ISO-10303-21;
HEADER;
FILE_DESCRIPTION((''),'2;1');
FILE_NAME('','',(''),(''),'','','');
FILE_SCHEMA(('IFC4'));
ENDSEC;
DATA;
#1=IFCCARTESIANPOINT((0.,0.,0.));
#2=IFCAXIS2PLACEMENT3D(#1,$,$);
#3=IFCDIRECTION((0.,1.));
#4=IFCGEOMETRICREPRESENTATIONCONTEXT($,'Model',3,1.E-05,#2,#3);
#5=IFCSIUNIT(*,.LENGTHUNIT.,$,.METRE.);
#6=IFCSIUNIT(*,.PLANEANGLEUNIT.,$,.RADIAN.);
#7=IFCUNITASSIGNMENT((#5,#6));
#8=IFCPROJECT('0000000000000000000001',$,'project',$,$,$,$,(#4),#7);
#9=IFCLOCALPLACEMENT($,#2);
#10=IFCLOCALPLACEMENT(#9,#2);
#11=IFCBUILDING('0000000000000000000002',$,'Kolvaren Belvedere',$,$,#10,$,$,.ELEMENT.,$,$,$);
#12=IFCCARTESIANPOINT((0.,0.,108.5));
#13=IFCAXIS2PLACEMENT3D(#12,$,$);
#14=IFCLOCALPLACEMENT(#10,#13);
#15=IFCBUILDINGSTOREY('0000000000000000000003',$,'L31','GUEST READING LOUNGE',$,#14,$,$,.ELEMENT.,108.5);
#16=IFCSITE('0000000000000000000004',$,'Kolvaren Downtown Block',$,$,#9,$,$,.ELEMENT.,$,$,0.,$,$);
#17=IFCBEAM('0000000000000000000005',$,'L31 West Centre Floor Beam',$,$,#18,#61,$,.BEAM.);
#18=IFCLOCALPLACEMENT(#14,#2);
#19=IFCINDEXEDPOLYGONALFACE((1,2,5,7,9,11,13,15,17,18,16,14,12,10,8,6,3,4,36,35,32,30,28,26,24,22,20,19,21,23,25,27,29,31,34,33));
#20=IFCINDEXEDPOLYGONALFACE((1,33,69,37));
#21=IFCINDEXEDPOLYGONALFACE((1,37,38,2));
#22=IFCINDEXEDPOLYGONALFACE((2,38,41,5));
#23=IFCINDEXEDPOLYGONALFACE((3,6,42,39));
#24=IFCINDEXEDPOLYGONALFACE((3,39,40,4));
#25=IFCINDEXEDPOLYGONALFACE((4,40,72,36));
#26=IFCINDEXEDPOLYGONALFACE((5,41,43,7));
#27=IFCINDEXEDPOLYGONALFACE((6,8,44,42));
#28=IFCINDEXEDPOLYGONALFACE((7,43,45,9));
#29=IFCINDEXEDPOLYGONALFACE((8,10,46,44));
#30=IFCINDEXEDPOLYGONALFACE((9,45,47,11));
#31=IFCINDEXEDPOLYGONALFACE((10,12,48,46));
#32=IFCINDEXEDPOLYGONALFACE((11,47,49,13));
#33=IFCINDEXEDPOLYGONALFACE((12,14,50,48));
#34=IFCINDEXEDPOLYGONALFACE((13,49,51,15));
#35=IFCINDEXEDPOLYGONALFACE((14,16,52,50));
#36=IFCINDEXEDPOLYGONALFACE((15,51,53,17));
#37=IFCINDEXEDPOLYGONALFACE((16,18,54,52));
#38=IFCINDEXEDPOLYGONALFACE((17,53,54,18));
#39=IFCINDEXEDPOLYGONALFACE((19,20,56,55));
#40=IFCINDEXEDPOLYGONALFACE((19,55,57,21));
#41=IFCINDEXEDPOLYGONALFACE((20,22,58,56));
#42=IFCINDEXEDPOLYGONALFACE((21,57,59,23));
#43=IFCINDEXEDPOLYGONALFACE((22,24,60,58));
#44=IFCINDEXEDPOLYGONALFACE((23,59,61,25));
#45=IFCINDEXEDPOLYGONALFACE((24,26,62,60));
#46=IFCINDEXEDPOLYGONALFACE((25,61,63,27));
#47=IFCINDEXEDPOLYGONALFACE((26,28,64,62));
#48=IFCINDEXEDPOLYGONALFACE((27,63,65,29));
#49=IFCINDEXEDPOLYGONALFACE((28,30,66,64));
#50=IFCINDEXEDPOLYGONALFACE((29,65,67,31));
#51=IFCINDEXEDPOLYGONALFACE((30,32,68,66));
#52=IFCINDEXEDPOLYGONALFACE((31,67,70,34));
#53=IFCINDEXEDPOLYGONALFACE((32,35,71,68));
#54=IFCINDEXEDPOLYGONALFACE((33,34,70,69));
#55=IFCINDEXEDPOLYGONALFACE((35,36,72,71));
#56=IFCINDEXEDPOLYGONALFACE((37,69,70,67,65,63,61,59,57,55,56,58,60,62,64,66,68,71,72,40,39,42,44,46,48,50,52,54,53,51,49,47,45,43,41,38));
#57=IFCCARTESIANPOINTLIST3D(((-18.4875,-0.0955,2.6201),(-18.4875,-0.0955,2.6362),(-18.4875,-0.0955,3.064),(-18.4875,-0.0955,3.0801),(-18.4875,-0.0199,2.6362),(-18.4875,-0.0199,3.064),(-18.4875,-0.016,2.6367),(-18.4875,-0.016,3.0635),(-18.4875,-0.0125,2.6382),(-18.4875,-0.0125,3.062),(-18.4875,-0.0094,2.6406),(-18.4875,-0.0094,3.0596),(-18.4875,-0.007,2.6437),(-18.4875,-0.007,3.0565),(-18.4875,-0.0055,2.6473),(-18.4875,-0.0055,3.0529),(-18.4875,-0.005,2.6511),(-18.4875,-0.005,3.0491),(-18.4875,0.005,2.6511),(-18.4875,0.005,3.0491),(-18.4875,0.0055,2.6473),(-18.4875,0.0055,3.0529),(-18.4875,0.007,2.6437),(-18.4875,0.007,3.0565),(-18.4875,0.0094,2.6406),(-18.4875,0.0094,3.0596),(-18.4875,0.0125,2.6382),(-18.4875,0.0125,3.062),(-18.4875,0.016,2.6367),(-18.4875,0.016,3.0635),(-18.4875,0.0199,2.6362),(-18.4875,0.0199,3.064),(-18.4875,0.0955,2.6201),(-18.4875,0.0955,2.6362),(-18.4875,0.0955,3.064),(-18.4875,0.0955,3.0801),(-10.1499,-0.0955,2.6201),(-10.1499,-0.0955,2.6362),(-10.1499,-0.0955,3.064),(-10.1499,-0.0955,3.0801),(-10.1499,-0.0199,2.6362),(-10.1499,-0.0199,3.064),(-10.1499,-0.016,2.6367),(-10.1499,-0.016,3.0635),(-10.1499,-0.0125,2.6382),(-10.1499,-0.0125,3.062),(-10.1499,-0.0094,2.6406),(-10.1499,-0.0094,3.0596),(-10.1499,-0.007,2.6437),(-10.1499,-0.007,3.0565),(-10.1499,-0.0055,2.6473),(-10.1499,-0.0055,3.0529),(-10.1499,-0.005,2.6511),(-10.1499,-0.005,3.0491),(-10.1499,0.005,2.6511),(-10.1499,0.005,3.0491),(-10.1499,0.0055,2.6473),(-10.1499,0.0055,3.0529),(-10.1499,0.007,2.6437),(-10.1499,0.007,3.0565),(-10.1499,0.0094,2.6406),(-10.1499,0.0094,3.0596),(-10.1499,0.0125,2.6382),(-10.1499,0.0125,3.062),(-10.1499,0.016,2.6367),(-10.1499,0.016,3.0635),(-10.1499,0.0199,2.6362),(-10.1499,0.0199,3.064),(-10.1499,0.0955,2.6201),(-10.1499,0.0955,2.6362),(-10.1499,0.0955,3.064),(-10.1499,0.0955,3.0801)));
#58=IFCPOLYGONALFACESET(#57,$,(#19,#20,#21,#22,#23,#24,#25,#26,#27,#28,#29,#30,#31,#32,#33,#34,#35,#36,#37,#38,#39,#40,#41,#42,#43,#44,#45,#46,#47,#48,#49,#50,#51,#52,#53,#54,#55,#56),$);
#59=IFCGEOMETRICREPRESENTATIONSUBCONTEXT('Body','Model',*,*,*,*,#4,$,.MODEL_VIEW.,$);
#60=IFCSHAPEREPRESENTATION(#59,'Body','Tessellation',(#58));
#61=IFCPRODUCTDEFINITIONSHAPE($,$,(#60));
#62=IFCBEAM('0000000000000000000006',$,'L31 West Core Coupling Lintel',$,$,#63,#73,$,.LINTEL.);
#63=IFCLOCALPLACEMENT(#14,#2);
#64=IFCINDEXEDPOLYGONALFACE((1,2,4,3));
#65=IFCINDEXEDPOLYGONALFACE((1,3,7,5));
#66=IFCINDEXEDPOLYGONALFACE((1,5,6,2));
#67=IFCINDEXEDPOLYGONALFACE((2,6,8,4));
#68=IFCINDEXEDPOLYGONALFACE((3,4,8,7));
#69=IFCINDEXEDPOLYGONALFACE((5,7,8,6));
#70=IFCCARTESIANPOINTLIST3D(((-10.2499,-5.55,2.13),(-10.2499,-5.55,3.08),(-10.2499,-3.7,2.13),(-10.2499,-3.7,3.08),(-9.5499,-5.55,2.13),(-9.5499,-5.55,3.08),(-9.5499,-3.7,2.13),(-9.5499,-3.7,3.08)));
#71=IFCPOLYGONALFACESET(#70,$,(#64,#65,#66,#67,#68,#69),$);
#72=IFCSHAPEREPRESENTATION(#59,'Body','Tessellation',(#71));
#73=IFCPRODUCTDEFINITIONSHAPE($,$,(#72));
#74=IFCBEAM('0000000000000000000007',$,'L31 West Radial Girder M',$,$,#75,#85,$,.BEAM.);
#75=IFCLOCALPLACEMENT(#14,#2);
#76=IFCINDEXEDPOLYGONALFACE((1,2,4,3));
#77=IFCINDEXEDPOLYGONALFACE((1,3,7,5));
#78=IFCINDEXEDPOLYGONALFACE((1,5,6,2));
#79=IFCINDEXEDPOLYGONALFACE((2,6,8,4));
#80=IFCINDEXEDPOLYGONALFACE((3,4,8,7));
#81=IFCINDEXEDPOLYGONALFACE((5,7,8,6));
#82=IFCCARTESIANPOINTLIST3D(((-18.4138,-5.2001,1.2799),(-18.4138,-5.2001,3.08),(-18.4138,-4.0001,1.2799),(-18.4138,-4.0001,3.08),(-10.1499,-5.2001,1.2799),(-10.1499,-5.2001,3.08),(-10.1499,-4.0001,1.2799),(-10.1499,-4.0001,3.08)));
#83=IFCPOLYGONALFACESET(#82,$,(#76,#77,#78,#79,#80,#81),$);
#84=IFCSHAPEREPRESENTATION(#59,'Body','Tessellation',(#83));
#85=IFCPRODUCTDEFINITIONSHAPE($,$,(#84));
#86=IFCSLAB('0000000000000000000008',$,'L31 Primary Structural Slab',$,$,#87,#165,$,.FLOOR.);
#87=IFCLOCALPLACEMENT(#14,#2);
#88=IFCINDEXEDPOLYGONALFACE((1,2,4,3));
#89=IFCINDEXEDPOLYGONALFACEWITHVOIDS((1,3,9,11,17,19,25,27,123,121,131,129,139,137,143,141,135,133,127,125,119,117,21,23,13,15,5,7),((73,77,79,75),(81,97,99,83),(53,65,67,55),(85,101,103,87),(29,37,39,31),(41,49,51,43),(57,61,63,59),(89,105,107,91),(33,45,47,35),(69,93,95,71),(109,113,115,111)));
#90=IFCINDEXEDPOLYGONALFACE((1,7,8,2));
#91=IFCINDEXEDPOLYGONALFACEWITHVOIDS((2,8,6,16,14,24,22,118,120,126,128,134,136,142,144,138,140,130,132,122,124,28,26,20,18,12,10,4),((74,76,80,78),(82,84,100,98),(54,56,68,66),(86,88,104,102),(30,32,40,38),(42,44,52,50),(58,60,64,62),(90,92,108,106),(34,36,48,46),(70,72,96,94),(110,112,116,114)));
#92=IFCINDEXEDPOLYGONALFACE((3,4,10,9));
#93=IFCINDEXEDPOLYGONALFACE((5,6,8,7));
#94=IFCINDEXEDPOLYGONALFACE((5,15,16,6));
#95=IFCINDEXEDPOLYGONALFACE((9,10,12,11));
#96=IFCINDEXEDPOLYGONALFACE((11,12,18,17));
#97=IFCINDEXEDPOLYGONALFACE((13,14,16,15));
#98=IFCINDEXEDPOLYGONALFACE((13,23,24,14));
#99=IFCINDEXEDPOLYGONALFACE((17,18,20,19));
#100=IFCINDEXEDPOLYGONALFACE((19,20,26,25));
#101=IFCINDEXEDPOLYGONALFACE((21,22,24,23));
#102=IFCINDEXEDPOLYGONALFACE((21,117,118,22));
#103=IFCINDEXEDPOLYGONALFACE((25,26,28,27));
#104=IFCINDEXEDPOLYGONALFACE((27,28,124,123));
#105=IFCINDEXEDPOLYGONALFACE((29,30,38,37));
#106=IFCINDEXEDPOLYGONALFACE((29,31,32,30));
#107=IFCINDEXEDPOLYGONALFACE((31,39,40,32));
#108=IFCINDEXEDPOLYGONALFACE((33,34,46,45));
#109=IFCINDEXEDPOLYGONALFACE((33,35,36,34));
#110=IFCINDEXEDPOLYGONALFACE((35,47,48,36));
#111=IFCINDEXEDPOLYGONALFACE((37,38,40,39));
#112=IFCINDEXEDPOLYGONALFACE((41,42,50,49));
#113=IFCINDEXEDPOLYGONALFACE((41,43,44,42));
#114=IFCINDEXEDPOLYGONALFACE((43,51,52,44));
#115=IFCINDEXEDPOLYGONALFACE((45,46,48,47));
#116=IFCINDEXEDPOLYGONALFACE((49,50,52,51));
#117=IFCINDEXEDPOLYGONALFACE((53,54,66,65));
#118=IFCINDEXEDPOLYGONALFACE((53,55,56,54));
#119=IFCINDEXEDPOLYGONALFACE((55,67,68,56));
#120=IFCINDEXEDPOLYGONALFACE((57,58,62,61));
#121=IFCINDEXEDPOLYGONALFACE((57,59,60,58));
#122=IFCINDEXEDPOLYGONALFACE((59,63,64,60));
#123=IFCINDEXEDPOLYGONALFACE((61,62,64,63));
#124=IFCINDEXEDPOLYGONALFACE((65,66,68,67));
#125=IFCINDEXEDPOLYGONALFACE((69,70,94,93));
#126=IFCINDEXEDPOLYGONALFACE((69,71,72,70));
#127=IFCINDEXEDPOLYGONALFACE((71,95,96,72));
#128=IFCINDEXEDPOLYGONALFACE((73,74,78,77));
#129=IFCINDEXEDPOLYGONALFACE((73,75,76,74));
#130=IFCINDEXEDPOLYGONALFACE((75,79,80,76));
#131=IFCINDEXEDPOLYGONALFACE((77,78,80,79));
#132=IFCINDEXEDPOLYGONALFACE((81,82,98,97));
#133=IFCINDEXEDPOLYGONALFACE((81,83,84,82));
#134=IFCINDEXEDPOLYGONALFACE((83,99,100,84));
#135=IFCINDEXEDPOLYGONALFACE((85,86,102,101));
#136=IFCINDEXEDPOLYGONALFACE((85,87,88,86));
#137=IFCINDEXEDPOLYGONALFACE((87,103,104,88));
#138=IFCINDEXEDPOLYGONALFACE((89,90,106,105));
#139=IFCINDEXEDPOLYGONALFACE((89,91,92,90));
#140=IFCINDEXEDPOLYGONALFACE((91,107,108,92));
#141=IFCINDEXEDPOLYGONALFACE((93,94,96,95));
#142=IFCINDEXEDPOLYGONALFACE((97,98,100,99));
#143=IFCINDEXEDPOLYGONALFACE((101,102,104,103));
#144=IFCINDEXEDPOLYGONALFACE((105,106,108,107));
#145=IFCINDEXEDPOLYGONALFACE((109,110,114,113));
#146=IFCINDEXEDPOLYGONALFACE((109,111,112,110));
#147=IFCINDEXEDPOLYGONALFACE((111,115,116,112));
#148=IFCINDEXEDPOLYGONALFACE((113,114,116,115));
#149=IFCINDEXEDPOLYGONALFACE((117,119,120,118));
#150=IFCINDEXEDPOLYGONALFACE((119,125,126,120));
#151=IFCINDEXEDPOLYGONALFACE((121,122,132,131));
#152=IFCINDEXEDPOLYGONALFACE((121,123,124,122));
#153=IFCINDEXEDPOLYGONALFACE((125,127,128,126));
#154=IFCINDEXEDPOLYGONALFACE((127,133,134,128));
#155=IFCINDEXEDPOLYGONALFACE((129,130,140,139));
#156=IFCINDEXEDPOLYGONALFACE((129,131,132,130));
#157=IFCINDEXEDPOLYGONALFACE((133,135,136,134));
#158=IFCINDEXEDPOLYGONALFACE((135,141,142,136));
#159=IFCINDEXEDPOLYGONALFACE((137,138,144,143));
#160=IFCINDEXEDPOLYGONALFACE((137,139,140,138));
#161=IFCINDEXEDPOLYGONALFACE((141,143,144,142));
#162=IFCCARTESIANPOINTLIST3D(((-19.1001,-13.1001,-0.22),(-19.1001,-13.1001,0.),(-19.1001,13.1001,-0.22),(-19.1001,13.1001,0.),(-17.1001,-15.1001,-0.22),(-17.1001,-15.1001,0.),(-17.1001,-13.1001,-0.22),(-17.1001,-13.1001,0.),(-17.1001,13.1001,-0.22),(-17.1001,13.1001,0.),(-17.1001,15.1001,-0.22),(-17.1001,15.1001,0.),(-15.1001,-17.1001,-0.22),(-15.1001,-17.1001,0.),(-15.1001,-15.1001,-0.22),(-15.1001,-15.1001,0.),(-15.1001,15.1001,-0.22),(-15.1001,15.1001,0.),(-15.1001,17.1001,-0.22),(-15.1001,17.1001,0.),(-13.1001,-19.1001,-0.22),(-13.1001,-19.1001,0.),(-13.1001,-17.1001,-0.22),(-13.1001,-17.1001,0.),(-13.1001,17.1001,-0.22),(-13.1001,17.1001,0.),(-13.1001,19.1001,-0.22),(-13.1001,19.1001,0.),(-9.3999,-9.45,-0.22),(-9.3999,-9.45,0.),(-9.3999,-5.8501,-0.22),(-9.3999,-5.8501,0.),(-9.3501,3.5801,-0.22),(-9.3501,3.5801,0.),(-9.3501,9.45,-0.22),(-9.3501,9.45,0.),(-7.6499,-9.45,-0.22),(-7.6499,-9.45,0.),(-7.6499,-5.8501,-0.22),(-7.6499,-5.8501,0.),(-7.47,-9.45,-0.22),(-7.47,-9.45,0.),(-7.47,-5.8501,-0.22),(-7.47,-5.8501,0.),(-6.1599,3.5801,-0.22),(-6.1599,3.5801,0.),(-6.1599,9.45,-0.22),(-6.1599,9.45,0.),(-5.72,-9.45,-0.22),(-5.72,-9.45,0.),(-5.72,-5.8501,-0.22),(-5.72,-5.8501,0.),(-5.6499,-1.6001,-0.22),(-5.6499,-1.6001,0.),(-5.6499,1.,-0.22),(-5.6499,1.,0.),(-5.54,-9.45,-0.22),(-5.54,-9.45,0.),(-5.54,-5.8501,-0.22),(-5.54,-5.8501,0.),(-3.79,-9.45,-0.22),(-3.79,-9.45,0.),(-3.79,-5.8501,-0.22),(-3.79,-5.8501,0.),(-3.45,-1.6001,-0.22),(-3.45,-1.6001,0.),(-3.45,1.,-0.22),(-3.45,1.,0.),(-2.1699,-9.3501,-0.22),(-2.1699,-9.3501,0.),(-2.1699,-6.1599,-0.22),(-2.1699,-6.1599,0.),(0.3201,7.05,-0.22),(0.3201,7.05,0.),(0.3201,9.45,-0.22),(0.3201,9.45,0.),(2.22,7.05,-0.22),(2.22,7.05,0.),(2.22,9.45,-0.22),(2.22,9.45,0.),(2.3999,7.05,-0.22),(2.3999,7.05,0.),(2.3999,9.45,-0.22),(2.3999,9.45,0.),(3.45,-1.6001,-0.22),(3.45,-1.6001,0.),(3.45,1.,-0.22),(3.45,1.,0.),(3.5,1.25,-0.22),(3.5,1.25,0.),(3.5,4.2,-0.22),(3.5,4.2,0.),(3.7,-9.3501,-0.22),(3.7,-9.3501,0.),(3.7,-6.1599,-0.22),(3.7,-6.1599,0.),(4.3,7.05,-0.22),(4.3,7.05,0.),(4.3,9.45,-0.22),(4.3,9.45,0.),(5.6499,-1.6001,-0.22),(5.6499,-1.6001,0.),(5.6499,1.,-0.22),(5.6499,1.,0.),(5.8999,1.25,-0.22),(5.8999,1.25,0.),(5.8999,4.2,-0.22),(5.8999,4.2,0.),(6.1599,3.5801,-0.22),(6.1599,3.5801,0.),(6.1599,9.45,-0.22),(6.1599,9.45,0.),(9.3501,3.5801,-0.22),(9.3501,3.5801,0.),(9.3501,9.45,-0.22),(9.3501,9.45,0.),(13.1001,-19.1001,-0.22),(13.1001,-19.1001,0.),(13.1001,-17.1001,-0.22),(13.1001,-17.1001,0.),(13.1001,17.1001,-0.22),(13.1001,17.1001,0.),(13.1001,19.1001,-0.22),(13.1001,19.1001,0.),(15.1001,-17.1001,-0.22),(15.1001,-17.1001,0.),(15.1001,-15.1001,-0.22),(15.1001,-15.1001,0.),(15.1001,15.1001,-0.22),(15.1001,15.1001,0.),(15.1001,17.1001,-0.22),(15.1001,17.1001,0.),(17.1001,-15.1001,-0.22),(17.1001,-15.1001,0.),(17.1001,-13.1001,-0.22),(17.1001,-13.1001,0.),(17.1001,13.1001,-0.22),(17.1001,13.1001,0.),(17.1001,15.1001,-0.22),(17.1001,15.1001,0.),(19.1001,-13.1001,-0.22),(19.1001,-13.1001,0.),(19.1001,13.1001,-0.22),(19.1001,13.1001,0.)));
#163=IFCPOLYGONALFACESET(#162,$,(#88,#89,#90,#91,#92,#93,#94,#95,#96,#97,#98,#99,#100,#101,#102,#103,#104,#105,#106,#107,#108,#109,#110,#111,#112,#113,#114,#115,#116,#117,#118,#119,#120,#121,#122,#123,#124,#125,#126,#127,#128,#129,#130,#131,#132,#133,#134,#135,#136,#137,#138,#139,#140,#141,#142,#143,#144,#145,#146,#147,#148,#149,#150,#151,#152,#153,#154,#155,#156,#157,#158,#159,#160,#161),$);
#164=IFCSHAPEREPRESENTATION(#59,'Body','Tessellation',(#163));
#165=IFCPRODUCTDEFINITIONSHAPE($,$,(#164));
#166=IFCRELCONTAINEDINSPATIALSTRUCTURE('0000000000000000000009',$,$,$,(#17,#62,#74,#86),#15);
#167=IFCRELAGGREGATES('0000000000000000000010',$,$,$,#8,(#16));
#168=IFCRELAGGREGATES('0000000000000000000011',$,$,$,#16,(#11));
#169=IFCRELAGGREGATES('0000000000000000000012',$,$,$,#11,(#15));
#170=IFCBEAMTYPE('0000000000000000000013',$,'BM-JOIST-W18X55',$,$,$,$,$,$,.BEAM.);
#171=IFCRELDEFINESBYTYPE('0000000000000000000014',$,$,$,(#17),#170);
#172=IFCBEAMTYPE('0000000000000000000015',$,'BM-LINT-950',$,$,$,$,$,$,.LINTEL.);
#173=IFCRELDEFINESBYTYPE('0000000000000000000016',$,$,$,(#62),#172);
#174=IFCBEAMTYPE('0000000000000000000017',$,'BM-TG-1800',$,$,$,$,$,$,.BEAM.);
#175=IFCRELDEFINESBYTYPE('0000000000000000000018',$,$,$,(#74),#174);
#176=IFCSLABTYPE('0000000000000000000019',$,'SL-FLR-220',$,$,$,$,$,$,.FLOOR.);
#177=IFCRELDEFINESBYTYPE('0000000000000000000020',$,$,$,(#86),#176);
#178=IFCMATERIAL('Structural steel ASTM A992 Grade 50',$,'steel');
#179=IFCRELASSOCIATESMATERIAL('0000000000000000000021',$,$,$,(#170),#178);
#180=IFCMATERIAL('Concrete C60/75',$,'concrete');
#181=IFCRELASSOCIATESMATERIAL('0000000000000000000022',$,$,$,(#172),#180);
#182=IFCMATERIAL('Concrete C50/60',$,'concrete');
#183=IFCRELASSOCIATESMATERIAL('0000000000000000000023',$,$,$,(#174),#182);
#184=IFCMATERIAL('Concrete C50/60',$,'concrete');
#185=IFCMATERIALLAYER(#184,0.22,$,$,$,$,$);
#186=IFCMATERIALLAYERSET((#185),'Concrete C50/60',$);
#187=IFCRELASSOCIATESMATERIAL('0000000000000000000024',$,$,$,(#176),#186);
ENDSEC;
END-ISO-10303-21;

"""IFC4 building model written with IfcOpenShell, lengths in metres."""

from ifc_helpers import new_model, si_unit, direction, frame, origin, origin_2d, place, context, subcontext, project, spatial, polyline, rectangle, i_section, outline, extrude, material, layer, layer_set, material_profile, profile_set, type_object, element, save


model = new_model("IFC4")

# Units and contexts
model_context = context("Model", 3, precision=1e-05, world=origin(), true_north=direction((0.0, 1.0)))
body_context = subcontext(model_context, "Body", "Model", "MODEL_VIEW")
ifc_project = project(units=[si_unit("LENGTHUNIT", "METRE"), si_unit("PLANEANGLEUNIT", "RADIAN")], contexts=[model_context])

# Site, building, storey
site_placement = place(None, origin())
site = spatial("IfcSite", under=ifc_project, at=site_placement, Name="Kolvaren Downtown Block", CompositionType="ELEMENT", RefElevation=0.0)
building_placement = place(site_placement, origin())
building = spatial("IfcBuilding", under=site, at=building_placement, Name="Kolvaren Belvedere", CompositionType="ELEMENT")
storey_placement = place(building_placement, frame((0.0, 0.0, 108.5)))
storey = spatial("IfcBuildingStorey", under=building, at=storey_placement, Name="L31", Description="GUEST READING LOUNGE", CompositionType="ELEMENT", Elevation=108.5)

# Beams
ifc_material_1 = material(Name="Structural steel ASTM A992 Grade 50", Category="steel")
ifc_material_profile_1 = material_profile(ifc_material_1, i_section(OverallWidth=0.1909, OverallDepth=0.46, WebThickness=0.01, FlangeThickness=0.0161, FilletRadius=0.0149, at=origin_2d()), Name="W18X55")
ifc_profile_set_1 = profile_set([ifc_material_profile_1], Name="Structural steel ASTM A992 Grade 50")
beam_type_1 = type_object("IfcBeamType", Name="BM-JOIST-W18X55", PredefinedType="BEAM", material=ifc_profile_set_1)
beam_1_placement = place(storey_placement, frame((-10.1499, 0.0, 2.8501), z_axis=(-1.0, 0.0, 0.0), x_axis=(0.0, -1.0, 0.0)))
element("IfcBeam", 1, at=beam_1_placement, inside=storey, type_object=beam_type_1, Name="L31 West Centre Floor Beam", PredefinedType="BEAM", context=body_context, shape_type="SweptSolid", body=[
    extrude(i_section(OverallWidth=0.1909, OverallDepth=0.46, WebThickness=0.01, FlangeThickness=0.0161, FilletRadius=0.0149, at=origin_2d()), origin(), (0.0, 0.0, 1.0), 8.3376),
])
ifc_material_2 = material(Name="Concrete C60/75", Category="concrete")
ifc_material_profile_2 = material_profile(ifc_material_2, rectangle(XDim=0.7, YDim=0.95, at=origin_2d()), Name="RC 700X950")
ifc_profile_set_2 = profile_set([ifc_material_profile_2], Name="Concrete C60/75")
beam_type_2 = type_object("IfcBeamType", Name="BM-LINT-950", PredefinedType="LINTEL", material=ifc_profile_set_2)
beam_2_placement = place(storey_placement, frame((-9.8999, -5.55, 2.605), z_axis=(0.0, 1.0, 0.0), x_axis=(-1.0, 0.0, 0.0)))
element("IfcBeam", 2, at=beam_2_placement, inside=storey, type_object=beam_type_2, Name="L31 West Core Coupling Lintel", PredefinedType="LINTEL", context=body_context, shape_type="SweptSolid", body=[
    extrude(rectangle(XDim=0.7, YDim=0.95, at=origin_2d()), origin(), (0.0, 0.0, 1.0), 1.8501),
])
ifc_material_3 = material(Name="Concrete C50/60", Category="concrete")
ifc_material_profile_3 = material_profile(ifc_material_3, rectangle(XDim=1.2, YDim=1.8, at=origin_2d()), Name="RC 1200X1800")
ifc_profile_set_3 = profile_set([ifc_material_profile_3], Name="Concrete C50/60")
beam_type_3 = type_object("IfcBeamType", Name="BM-TG-1800", PredefinedType="BEAM", material=ifc_profile_set_3)
beam_3_placement = place(storey_placement, frame((-10.1499, -4.6001, 2.1799), z_axis=(-1.0, 0.0, 0.0), x_axis=(0.0, -1.0, 0.0)))
element("IfcBeam", 3, at=beam_3_placement, inside=storey, type_object=beam_type_3, Name="L31 West Radial Girder M", PredefinedType="BEAM", context=body_context, shape_type="SweptSolid", body=[
    extrude(rectangle(XDim=1.2, YDim=1.8, at=origin_2d()), origin(), (0.0, 0.0, 1.0), 8.2639),
])

# Slab
ifc_material_4 = material(Name="Concrete C50/60", Category="concrete")
ifc_layer_1 = layer(ifc_material_4, 0.22)
ifc_layer_set_1 = layer_set([ifc_layer_1], Name="Concrete C50/60")
slab_type = type_object("IfcSlabType", Name="SL-FLR-220", PredefinedType="FLOOR", material=ifc_layer_set_1)
slab_placement = place(storey_placement, frame((0.0, 0.0, -0.22)))
element("IfcSlab", 4, at=slab_placement, inside=storey, type_object=slab_type, Name="L31 Primary Structural Slab", PredefinedType="FLOOR", context=body_context, shape_type="SweptSolid", body=[
    extrude(outline(polyline([(-13.1001, -19.1001), (13.1001, -19.1001), (13.1001, -17.1001), (15.1001, -17.1001), (15.1001, -15.1001), (17.1001, -15.1001), (17.1001, -13.1001), (19.1001, -13.1001), (19.1001, 13.1001), (17.1001, 13.1001), (17.1001, 15.1001), (15.1001, 15.1001), (15.1001, 17.1001), (13.1001, 17.1001), (13.1001, 19.1001), (-13.1001, 19.1001), (-13.1001, 17.1001), (-15.1001, 17.1001), (-15.1001, 15.1001), (-17.1001, 15.1001), (-17.1001, 13.1001), (-19.1001, 13.1001), (-19.1001, -13.1001), (-17.1001, -13.1001), (-17.1001, -15.1001), (-15.1001, -15.1001), (-15.1001, -17.1001), (-13.1001, -17.1001), (-13.1001, -19.1001)]), holes=[polyline([(-9.3501, 3.5801), (-6.1599, 3.5801), (-6.1599, 9.45), (-9.3501, 9.45), (-9.3501, 3.5801)]), polyline([(6.1599, 3.5801), (9.3501, 3.5801), (9.3501, 9.45), (6.1599, 9.45), (6.1599, 3.5801)]), polyline([(-2.1699, -9.3501), (3.7, -9.3501), (3.7, -6.1599), (-2.1699, -6.1599), (-2.1699, -9.3501)]), polyline([(-5.6499, -1.6001), (-3.45, -1.6001), (-3.45, 1.0), (-5.6499, 1.0), (-5.6499, -1.6001)]), polyline([(3.5, 1.25), (5.8999, 1.25), (5.8999, 4.2), (3.5, 4.2), (3.5, 1.25)]), polyline([(3.45, -1.6001), (5.6499, -1.6001), (5.6499, 1.0), (3.45, 1.0), (3.45, -1.6001)]), polyline([(-9.3999, -9.45), (-7.6499, -9.45), (-7.6499, -5.8501), (-9.3999, -5.8501), (-9.3999, -9.45)]), polyline([(-7.47, -9.45), (-5.72, -9.45), (-5.72, -5.8501), (-7.47, -5.8501), (-7.47, -9.45)]), polyline([(-5.54, -9.45), (-3.79, -9.45), (-3.79, -5.8501), (-5.54, -5.8501), (-5.54, -9.45)]), polyline([(0.3201, 7.05), (2.22, 7.05), (2.22, 9.45), (0.3201, 9.45), (0.3201, 7.05)]), polyline([(2.3999, 7.05), (4.3, 7.05), (4.3, 9.45), (2.3999, 9.45), (2.3999, 7.05)])]), origin(), (0.0, 0.0, 1.0), 0.22),
])

save(model, "model.ifc")
